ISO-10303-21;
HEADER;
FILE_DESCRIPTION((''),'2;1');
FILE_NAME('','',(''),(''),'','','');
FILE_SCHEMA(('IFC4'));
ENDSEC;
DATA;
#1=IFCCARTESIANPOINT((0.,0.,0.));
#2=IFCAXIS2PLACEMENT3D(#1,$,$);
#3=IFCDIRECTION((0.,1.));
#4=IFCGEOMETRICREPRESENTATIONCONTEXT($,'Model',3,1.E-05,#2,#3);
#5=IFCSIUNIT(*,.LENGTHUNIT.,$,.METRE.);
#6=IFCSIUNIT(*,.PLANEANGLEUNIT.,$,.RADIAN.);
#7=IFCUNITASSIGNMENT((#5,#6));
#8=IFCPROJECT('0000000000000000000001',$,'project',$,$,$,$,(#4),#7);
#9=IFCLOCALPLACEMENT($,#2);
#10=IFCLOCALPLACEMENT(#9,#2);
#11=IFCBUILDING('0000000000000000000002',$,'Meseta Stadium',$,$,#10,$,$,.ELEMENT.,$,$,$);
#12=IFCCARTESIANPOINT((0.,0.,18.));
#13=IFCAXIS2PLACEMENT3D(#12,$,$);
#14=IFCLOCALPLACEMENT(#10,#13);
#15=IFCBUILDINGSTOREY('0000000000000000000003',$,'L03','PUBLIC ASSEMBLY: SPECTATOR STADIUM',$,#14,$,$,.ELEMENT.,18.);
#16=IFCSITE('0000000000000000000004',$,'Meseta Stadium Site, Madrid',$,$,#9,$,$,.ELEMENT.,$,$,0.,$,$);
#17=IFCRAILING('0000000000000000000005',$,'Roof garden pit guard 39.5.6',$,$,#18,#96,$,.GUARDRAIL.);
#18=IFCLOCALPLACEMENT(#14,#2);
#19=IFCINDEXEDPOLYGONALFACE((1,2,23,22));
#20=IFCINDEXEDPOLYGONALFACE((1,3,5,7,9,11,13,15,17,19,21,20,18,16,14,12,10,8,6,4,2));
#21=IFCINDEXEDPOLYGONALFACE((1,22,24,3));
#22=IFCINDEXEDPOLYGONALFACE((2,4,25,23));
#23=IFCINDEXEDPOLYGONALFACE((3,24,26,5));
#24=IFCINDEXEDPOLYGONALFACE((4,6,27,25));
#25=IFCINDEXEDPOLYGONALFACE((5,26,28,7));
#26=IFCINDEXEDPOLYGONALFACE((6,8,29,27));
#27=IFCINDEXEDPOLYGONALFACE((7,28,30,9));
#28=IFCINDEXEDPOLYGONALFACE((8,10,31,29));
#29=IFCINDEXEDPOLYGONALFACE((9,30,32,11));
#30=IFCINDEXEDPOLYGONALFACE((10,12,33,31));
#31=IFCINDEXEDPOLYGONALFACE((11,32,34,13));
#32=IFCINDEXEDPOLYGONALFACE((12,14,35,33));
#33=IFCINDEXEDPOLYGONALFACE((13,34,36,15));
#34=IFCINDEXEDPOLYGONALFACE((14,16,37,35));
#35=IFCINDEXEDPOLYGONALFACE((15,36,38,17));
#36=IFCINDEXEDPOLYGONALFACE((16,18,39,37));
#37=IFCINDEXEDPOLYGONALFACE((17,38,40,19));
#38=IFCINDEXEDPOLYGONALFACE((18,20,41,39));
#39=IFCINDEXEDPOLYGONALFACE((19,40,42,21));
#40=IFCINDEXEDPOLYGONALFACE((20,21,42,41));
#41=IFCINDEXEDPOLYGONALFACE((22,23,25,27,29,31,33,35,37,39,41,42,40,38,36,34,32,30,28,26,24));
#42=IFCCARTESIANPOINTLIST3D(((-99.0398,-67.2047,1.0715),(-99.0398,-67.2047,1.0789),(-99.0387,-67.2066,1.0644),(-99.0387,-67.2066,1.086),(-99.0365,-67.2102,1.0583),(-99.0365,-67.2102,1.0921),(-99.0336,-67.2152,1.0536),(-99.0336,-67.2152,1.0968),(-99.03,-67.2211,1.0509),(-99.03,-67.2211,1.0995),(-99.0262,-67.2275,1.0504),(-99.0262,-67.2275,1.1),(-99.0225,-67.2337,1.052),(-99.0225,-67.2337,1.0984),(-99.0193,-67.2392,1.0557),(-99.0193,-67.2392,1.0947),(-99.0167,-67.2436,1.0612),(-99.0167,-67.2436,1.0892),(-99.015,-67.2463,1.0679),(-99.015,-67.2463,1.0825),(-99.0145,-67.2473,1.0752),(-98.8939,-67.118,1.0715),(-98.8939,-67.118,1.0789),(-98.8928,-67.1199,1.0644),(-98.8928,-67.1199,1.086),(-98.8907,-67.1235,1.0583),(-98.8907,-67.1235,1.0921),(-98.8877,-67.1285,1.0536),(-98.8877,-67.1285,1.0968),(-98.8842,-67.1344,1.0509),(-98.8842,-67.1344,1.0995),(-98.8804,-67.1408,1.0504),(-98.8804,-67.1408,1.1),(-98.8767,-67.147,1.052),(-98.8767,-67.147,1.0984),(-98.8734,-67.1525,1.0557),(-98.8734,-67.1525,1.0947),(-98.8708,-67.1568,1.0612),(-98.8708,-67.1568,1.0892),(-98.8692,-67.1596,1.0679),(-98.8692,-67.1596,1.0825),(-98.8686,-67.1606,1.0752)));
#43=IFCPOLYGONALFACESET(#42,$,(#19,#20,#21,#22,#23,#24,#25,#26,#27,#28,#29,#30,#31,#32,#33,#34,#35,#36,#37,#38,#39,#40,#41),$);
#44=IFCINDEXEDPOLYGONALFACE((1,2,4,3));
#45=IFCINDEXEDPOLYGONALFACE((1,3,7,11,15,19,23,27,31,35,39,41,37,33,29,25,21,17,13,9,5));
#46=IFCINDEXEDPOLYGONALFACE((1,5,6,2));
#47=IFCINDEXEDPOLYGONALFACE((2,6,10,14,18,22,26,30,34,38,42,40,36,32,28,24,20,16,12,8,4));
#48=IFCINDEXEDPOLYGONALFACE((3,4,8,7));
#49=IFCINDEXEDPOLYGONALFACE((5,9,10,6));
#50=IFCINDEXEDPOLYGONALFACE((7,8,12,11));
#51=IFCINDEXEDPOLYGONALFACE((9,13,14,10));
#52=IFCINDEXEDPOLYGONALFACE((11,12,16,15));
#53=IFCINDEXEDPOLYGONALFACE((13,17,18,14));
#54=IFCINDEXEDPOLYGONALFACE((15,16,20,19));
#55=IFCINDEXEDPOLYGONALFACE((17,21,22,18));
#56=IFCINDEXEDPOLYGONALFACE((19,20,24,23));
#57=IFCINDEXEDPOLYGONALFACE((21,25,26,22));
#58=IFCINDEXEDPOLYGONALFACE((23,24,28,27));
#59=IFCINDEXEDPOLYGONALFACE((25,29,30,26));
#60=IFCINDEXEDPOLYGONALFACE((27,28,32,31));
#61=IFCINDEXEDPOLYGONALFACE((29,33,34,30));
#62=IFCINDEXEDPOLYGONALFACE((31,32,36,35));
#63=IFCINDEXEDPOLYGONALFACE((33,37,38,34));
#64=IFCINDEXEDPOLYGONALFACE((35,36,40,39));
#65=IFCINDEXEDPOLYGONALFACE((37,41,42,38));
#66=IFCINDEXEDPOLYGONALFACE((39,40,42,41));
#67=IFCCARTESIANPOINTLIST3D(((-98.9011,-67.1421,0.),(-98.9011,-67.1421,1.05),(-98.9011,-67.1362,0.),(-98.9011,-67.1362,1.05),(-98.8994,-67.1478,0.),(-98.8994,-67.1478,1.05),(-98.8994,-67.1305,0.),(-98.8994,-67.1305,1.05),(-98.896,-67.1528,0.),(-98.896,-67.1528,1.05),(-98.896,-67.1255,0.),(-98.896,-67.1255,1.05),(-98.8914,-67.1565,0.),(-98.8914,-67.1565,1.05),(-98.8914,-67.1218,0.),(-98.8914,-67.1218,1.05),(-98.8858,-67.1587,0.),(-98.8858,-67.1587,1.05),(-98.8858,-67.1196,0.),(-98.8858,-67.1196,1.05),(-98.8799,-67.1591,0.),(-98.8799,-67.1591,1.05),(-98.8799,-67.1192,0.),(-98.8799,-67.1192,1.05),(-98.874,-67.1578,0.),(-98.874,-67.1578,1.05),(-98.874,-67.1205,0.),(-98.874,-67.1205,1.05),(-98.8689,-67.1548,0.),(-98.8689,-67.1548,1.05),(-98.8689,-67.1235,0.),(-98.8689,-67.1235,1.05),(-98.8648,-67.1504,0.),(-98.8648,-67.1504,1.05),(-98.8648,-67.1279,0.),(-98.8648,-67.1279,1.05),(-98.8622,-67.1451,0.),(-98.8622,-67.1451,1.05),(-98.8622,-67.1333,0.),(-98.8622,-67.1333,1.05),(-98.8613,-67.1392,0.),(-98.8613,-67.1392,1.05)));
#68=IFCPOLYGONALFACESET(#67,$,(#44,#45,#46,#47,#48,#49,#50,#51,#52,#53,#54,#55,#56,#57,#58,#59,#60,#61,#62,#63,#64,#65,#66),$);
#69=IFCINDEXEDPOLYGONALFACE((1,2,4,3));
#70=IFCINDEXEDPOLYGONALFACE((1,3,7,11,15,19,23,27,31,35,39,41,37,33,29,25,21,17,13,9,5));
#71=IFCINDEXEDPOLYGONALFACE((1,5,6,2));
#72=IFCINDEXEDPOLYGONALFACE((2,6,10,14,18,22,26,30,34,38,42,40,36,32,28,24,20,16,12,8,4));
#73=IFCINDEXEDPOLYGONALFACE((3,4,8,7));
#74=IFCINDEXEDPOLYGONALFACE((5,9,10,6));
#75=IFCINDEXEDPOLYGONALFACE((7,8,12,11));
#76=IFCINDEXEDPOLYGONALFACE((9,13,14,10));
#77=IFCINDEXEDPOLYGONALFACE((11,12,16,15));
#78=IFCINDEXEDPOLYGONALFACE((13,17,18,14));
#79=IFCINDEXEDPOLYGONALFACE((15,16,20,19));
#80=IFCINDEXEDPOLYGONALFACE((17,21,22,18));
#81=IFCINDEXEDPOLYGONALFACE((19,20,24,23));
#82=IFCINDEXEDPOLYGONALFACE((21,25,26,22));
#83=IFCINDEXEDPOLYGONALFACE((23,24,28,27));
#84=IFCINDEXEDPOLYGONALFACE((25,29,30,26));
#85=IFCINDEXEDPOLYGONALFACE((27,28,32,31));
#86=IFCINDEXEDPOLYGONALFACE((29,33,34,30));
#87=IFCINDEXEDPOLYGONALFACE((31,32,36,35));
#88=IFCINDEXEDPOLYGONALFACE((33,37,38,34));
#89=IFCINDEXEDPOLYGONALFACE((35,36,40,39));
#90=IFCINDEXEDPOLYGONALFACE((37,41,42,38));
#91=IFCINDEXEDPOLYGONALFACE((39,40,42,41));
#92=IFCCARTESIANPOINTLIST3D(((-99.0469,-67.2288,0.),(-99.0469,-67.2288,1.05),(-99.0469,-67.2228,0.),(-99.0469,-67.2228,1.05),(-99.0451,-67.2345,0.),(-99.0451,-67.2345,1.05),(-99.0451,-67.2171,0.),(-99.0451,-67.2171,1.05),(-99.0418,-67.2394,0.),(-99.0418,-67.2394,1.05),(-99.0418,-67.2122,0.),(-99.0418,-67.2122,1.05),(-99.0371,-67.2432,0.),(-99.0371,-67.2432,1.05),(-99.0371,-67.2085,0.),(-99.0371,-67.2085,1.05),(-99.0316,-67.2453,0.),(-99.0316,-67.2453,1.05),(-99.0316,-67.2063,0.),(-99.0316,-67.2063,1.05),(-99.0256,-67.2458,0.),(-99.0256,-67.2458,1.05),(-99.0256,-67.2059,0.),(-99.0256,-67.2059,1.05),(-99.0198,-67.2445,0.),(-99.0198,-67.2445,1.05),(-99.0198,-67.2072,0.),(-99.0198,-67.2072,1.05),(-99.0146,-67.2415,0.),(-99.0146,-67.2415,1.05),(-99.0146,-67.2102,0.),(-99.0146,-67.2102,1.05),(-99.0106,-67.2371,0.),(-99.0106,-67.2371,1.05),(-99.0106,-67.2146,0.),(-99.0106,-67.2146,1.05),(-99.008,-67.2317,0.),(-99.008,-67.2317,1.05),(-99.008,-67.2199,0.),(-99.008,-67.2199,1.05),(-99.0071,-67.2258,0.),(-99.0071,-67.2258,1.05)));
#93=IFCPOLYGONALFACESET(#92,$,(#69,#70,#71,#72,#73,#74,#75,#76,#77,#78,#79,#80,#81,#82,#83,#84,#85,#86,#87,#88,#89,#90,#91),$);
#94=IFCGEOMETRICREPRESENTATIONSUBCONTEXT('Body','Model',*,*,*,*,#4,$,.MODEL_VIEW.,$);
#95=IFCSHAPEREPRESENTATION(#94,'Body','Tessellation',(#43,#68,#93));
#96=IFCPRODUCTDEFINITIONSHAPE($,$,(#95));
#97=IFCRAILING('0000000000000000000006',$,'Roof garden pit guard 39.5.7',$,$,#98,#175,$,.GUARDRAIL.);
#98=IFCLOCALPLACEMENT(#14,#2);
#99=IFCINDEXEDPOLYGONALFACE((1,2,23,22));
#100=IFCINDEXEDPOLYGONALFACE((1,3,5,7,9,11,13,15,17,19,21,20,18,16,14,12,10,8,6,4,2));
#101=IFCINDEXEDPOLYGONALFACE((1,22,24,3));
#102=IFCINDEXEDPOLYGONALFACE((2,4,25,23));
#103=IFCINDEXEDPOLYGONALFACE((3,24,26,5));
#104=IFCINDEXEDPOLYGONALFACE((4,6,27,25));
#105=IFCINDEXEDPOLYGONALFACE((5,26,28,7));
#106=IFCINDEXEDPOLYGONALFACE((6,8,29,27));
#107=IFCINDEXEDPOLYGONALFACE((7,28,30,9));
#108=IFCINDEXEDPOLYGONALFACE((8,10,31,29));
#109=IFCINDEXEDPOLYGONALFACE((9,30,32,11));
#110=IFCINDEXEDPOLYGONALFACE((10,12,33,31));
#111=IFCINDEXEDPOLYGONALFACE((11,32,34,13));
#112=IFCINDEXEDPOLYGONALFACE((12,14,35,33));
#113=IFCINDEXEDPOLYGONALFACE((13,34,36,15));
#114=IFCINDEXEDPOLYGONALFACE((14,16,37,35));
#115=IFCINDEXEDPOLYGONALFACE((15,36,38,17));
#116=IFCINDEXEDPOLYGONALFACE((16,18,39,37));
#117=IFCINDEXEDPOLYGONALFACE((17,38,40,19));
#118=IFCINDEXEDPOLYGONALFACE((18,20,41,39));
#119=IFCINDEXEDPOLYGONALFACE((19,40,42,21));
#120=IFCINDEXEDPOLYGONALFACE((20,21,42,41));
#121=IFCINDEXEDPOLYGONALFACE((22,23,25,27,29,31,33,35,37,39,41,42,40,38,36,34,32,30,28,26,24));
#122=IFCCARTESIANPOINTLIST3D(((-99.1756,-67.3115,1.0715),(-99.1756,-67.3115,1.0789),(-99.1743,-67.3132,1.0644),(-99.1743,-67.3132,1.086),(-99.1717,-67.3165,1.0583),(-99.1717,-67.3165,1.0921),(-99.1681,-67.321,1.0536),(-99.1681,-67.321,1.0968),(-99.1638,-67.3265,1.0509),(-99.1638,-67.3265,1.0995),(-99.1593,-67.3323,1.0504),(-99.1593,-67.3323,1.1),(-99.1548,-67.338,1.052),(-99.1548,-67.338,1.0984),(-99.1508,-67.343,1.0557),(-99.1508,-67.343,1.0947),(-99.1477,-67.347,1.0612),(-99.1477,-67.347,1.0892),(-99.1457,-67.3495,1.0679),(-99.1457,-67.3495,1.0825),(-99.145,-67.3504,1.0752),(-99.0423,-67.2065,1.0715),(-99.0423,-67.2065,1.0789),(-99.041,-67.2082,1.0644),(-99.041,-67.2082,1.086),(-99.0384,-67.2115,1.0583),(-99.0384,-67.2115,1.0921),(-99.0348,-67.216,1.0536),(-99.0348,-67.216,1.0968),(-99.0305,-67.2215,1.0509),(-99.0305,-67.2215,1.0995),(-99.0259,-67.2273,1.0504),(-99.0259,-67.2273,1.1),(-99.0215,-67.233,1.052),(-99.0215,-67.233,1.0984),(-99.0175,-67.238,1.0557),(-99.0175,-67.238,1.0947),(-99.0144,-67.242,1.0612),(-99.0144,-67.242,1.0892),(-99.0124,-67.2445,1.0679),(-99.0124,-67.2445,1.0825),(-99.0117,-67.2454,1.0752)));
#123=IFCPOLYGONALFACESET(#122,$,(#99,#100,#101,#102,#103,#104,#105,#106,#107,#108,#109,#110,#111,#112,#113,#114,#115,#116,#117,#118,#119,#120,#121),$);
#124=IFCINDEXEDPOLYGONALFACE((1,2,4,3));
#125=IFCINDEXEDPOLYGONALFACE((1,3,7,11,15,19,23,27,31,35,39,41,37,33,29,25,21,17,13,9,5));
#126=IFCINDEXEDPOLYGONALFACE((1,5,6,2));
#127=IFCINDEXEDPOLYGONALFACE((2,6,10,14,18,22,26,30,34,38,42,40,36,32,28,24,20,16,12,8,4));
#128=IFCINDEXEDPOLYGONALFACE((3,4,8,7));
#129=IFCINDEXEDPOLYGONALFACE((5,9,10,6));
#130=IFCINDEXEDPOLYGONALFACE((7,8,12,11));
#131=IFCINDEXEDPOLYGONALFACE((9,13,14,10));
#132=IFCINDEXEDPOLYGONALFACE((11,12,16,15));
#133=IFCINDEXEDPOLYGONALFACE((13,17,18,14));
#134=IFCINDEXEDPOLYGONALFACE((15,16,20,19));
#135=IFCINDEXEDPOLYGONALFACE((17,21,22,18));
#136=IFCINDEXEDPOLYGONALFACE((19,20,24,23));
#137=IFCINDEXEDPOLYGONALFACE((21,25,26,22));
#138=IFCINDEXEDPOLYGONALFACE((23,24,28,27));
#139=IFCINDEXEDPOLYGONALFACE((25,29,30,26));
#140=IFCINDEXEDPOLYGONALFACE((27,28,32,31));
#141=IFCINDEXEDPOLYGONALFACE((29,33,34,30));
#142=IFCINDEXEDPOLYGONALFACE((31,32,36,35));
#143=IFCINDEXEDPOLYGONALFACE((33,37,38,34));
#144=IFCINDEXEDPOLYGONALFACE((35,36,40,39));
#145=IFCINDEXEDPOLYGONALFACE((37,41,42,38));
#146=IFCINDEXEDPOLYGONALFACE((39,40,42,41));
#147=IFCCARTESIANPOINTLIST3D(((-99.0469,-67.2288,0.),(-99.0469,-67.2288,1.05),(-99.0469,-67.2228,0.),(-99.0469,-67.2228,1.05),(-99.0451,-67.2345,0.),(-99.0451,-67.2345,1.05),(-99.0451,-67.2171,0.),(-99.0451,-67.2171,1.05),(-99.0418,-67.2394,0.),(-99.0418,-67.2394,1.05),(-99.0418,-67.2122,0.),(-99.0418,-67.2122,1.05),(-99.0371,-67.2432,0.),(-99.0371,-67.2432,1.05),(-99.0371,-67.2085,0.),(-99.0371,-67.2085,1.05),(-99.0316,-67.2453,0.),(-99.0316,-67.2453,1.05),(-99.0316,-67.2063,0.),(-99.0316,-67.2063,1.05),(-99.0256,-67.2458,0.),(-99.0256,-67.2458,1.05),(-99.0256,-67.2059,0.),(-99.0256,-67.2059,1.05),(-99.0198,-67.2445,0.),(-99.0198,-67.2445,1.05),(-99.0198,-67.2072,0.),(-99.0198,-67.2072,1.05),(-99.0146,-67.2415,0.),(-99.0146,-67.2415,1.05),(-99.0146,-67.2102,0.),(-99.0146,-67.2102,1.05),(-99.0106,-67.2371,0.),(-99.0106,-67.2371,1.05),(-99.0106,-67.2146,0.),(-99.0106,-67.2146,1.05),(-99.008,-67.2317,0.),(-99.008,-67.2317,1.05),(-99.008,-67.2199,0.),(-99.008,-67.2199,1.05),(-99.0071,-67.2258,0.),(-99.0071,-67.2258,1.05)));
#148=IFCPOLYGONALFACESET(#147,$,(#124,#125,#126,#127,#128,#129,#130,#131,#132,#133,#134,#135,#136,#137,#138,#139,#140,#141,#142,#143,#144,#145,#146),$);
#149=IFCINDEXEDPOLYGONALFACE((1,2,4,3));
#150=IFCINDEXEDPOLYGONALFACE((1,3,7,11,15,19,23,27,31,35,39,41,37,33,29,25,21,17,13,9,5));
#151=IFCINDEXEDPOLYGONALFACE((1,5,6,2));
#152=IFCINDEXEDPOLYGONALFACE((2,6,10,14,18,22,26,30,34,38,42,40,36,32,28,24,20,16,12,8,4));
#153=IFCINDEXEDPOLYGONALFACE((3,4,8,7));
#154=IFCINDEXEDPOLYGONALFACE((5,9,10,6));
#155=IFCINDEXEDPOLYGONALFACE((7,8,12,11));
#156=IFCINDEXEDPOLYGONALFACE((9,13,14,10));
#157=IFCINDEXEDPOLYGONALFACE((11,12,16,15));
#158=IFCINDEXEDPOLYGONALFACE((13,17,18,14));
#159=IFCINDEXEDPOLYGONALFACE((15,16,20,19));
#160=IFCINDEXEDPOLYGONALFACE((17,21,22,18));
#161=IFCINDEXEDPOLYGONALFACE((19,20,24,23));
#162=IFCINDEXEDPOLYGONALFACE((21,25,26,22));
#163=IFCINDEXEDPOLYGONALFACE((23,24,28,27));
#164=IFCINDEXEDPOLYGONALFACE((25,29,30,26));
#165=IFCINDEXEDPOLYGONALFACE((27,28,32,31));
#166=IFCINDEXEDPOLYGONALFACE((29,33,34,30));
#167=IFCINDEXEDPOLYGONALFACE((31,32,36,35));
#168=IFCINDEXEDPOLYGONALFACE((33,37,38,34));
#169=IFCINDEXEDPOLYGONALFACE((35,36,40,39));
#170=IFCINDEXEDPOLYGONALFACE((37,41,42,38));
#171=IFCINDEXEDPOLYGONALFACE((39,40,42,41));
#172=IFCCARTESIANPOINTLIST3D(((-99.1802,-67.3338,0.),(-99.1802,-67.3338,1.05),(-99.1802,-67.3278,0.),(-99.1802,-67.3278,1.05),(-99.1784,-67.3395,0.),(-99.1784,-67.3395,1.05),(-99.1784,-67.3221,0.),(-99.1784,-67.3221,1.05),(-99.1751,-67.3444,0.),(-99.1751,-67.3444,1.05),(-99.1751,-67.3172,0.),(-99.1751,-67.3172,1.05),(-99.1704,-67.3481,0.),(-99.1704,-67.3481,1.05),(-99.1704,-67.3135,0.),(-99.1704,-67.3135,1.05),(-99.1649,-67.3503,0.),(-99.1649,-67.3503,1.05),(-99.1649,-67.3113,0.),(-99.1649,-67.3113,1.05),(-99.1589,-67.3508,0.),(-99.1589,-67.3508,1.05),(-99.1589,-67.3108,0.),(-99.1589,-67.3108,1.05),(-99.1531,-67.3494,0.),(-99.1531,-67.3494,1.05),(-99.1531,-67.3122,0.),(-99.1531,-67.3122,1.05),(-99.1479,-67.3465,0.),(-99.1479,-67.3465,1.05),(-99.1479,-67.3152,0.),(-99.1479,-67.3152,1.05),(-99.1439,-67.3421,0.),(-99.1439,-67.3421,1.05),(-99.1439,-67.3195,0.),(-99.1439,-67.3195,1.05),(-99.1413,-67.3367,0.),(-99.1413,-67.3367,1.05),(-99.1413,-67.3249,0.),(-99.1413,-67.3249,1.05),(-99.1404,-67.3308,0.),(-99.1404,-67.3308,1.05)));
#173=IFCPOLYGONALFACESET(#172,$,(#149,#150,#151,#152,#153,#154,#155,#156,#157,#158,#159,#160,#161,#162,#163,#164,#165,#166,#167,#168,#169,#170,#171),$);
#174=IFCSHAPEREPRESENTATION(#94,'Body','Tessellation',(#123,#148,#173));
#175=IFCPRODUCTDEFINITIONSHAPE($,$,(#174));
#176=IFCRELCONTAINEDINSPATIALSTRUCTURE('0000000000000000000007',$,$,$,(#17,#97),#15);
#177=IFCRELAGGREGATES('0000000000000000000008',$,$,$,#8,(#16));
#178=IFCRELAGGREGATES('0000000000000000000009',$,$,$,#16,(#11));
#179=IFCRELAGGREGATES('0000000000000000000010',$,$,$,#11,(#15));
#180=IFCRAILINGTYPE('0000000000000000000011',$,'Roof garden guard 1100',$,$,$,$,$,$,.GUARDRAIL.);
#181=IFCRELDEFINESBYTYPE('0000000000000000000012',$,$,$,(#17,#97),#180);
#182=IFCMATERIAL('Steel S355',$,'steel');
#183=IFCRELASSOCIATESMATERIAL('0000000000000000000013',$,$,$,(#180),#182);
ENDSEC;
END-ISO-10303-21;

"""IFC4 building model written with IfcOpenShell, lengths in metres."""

from ifc_helpers import new_model, si_unit, direction, frame, origin, origin_2d, place, context, subcontext, project, spatial, circle, extrude, material, type_object, element, save


model = new_model("IFC4")

# Units and contexts
model_context = context("Model", 3, precision=1e-05, world=origin(), true_north=direction((0.0, 1.0)))
body_context = subcontext(model_context, "Body", "Model", "MODEL_VIEW")
ifc_project = project(units=[si_unit("LENGTHUNIT", "METRE"), si_unit("PLANEANGLEUNIT", "RADIAN")], contexts=[model_context])

# Site, building, storey
site_placement = place(None, origin())
site = spatial("IfcSite", under=ifc_project, at=site_placement, Name="Meseta Stadium Site, Madrid", CompositionType="ELEMENT", RefElevation=0.0)
building_placement = place(site_placement, origin())
building = spatial("IfcBuilding", under=site, at=building_placement, Name="Meseta Stadium", CompositionType="ELEMENT")
storey_placement = place(building_placement, frame((0.0, 0.0, 18.0)))
storey = spatial("IfcBuildingStorey", under=building, at=storey_placement, Name="L03", Description="PUBLIC ASSEMBLY: SPECTATOR STADIUM", CompositionType="ELEMENT", Elevation=18.0)

# Railings
ifc_material_1 = material(Name="Steel S355", Category="steel")
railing_type = type_object("IfcRailingType", Name="Roof garden guard 1100", PredefinedType="GUARDRAIL", material=ifc_material_1)
railing_1_placement = place(storey_placement, frame((-98.8813, -67.1392, 0.0)))
element("IfcRailing", 1, at=railing_1_placement, inside=storey, type_object=railing_type, Name="Roof garden pit guard 39.5.6", PredefinedType="GUARDRAIL", context=body_context, shape_type="SweptSolid", body=[
    extrude(circle(Radius=0.0249, at=origin_2d()), frame((0.0, 0.0, 1.0752), z_axis=(-0.859519, -0.511104, 0.0), x_axis=(0.511104, -0.859519, 0.0)), (0.0, 0.0, 1.0), 0.1697),
    extrude(circle(Radius=0.02, at=origin_2d()), origin(), (0.0, 0.0, 1.0), 1.05),
    extrude(circle(Radius=0.02, at=origin_2d()), frame((-0.1458, -0.0867, 0.0)), (0.0, 0.0, 1.0), 1.05),
])
railing_2_placement = place(storey_placement, frame((-99.0271, -67.2258, 0.0)))
element("IfcRailing", 2, at=railing_2_placement, inside=storey, type_object=railing_type, Name="Roof garden pit guard 39.5.7", PredefinedType="GUARDRAIL", context=body_context, shape_type="SweptSolid", body=[
    extrude(circle(Radius=0.0249, at=origin_2d()), frame((0.0, 0.0, 1.0752), z_axis=(-0.785619, -0.618711, 0.0), x_axis=(0.618711, -0.785619, 0.0)), (0.0, 0.0, 1.0), 0.1697),
    extrude(circle(Radius=0.02, at=origin_2d()), origin(), (0.0, 0.0, 1.0), 1.05),
    extrude(circle(Radius=0.02, at=origin_2d()), frame((-0.1333, -0.105, 0.0)), (0.0, 0.0, 1.0), 1.05),
])

save(model, "model.ifc")
